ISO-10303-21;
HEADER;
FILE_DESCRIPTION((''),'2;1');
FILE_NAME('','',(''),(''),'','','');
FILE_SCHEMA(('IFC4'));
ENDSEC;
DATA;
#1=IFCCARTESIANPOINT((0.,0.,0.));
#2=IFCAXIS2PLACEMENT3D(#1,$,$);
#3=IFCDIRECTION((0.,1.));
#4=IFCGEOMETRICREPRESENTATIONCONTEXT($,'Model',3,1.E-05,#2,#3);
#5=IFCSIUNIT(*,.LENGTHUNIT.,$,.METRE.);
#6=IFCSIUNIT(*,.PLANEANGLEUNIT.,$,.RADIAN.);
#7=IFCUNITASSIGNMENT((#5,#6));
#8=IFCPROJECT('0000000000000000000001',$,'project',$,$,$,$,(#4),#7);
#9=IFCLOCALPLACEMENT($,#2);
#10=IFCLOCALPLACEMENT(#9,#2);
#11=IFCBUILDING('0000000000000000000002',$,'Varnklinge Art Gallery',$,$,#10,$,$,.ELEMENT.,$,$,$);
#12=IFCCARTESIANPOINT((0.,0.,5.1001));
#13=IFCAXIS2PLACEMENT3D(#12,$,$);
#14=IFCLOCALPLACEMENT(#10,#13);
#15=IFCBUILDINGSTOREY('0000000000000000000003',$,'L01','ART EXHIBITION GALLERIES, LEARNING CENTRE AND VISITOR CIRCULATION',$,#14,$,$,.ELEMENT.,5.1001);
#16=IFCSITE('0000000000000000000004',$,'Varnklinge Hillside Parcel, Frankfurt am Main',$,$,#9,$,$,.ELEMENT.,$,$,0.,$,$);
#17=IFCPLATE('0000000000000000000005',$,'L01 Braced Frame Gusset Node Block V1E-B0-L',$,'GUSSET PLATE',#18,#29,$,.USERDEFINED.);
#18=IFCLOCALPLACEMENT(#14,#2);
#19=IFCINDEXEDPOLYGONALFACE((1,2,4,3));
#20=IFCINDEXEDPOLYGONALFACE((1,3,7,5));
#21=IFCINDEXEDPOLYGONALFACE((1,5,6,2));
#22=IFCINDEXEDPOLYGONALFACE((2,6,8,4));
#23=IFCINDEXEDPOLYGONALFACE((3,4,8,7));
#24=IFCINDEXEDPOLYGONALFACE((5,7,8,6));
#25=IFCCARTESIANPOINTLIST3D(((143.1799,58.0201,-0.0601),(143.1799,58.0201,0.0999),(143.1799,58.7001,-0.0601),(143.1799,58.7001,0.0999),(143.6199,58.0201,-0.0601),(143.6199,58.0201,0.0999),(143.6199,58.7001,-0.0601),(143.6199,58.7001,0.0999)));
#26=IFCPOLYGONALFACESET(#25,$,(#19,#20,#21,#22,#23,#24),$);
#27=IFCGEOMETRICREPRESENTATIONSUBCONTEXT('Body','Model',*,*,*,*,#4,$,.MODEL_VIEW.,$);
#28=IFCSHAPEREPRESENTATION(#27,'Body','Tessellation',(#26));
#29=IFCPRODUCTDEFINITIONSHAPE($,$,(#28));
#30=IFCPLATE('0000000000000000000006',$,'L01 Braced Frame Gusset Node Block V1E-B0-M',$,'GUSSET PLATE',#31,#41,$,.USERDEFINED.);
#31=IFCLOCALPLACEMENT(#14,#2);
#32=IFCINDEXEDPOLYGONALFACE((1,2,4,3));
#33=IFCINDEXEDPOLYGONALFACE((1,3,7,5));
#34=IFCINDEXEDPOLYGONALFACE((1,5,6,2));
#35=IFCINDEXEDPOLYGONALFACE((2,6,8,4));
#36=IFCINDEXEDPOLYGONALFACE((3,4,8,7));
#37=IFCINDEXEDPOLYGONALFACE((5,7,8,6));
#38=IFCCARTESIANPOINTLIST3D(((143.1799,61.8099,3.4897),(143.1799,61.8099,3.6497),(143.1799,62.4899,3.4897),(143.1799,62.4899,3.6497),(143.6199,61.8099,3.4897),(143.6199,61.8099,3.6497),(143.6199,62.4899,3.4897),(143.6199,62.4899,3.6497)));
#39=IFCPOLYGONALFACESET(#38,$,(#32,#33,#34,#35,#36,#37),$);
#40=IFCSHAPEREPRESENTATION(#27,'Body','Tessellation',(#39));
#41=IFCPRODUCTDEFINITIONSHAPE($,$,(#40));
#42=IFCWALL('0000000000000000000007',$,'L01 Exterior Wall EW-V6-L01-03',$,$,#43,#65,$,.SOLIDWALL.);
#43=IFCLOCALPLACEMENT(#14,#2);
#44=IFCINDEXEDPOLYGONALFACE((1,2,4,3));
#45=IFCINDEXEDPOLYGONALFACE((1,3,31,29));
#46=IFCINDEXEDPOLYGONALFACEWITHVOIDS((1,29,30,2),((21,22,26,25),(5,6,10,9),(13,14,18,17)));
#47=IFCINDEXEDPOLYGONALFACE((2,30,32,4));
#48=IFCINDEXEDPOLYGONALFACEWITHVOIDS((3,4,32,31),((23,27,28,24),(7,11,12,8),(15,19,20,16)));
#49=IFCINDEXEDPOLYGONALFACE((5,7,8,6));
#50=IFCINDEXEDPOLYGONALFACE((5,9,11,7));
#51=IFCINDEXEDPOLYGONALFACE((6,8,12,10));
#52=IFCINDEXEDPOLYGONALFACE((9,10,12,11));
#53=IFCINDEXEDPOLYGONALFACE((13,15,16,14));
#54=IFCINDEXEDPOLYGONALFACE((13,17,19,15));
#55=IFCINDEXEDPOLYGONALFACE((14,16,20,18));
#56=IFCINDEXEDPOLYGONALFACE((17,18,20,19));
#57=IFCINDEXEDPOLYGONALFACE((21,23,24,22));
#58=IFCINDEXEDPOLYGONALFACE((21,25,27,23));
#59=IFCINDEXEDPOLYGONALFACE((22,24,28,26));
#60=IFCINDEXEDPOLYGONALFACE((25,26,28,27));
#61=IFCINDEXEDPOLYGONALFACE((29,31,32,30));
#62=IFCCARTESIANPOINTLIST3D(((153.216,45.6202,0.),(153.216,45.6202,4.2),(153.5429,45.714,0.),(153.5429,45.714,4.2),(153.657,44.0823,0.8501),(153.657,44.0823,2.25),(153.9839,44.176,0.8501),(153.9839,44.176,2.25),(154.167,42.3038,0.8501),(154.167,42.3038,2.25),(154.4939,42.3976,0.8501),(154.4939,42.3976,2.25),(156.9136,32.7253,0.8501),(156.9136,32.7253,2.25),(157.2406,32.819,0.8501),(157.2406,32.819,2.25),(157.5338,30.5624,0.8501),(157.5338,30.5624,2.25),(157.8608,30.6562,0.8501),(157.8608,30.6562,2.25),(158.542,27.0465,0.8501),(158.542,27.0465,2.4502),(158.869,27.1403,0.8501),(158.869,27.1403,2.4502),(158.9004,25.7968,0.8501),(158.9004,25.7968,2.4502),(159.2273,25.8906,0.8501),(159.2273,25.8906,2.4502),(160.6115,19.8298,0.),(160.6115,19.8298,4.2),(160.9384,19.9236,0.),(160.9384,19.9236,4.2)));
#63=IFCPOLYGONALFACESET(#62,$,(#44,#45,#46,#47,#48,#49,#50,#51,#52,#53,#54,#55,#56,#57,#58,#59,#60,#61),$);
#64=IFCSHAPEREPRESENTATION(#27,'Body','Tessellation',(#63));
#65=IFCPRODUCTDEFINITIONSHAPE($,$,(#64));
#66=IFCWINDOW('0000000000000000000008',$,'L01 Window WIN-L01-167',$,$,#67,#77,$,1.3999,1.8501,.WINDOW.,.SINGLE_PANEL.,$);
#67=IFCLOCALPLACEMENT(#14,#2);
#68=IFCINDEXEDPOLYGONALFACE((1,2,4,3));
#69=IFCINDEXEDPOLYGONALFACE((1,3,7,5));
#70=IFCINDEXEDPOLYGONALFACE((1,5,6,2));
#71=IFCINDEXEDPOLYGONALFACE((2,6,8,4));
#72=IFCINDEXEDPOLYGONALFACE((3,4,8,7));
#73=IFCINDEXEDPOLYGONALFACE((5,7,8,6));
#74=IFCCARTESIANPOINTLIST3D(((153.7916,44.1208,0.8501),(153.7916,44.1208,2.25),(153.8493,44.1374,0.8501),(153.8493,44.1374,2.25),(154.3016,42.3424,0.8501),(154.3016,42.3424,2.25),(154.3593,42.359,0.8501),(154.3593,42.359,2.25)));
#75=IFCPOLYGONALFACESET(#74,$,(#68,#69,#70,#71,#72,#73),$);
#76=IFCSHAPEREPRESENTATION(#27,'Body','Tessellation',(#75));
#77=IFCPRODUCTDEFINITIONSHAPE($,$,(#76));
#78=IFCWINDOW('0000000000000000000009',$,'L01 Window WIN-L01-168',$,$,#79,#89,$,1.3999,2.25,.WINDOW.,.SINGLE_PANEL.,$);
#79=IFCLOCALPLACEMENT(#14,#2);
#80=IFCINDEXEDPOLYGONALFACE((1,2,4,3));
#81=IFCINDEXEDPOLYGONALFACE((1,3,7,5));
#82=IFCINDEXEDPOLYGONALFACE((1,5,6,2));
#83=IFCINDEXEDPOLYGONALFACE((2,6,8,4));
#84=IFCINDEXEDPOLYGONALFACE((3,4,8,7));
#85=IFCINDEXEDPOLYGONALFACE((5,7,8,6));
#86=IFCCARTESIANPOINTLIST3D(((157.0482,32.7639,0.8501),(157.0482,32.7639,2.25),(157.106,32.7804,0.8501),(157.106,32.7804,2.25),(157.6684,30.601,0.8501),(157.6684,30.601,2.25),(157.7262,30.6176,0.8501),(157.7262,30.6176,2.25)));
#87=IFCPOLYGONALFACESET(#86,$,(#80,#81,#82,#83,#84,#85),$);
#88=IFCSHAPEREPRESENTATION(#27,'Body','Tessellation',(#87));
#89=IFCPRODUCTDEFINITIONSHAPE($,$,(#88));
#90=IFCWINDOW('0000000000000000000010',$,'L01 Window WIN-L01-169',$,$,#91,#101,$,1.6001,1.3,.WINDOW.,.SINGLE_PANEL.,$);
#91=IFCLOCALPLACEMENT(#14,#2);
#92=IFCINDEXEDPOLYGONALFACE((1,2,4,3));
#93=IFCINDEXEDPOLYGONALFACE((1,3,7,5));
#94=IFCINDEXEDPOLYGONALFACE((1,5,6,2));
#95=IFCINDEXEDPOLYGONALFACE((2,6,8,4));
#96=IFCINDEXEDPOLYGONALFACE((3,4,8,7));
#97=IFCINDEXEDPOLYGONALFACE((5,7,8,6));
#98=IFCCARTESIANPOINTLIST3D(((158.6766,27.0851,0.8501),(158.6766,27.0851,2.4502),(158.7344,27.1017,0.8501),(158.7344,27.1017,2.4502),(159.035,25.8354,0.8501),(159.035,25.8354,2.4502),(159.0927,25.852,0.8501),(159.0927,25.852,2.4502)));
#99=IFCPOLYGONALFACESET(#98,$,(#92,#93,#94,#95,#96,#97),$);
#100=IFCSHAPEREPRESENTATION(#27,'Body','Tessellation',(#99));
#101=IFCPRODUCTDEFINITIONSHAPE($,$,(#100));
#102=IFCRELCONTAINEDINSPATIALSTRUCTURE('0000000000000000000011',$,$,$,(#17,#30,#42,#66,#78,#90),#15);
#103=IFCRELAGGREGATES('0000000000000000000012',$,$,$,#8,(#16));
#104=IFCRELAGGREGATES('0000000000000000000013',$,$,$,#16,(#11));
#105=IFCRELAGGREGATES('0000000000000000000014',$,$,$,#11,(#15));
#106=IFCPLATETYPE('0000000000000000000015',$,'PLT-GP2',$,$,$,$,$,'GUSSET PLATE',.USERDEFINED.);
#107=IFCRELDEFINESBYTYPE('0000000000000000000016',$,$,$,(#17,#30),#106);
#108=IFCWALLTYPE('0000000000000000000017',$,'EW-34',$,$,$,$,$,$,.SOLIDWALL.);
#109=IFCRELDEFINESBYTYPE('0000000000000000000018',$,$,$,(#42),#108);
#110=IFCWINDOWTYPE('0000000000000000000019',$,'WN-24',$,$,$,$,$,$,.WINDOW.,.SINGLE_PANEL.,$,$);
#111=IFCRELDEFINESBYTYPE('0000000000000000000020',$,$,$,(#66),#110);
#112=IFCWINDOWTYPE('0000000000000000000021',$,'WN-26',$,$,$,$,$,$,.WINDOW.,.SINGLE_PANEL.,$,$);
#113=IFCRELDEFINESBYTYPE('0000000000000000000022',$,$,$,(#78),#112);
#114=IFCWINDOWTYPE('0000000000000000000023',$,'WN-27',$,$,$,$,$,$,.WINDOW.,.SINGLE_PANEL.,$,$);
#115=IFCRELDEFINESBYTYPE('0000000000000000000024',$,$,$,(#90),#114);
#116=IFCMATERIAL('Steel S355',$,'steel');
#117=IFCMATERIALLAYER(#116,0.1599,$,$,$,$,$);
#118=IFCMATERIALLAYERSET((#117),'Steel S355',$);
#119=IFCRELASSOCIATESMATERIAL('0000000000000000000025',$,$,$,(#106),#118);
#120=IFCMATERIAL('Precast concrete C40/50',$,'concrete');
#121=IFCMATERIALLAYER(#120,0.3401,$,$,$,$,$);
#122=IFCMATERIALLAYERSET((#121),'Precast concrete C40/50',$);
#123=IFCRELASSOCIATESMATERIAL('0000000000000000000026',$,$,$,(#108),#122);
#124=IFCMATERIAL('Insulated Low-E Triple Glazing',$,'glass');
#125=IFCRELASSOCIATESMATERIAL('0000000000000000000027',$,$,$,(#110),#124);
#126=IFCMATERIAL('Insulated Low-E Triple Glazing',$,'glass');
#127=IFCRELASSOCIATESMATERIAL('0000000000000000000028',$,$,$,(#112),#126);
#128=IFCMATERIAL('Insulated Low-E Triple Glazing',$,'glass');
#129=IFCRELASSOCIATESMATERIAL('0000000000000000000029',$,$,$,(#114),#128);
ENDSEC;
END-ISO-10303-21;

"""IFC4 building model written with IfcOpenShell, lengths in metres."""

from ifc_helpers import new_model, si_unit, direction, frame, frame_2d, origin, origin_2d, place, context, subcontext, project, spatial, rectangle, extrude, material, layer, layer_set, type_object, element, fill, save


model = new_model("IFC4")

# Units and contexts
model_context = context("Model", 3, precision=1e-05, world=origin(), true_north=direction((0.0, 1.0)))
body_context = subcontext(model_context, "Body", "Model", "MODEL_VIEW")
ifc_project = project(units=[si_unit("LENGTHUNIT", "METRE"), si_unit("PLANEANGLEUNIT", "RADIAN")], contexts=[model_context])

# Site, building, storey
site_placement = place(None, origin())
site = spatial("IfcSite", under=ifc_project, at=site_placement, Name="Varnklinge Hillside Parcel, Frankfurt am Main", CompositionType="ELEMENT", RefElevation=0.0)
building_placement = place(site_placement, origin())
building = spatial("IfcBuilding", under=site, at=building_placement, Name="Varnklinge Art Gallery", CompositionType="ELEMENT")
storey_placement = place(building_placement, frame((0.0, 0.0, 5.1001)))
storey = spatial("IfcBuildingStorey", under=building, at=storey_placement, Name="L01", Description="ART EXHIBITION GALLERIES, LEARNING CENTRE AND VISITOR CIRCULATION", CompositionType="ELEMENT", Elevation=5.1001)

# Plates
ifc_material_1 = material(Name="Steel S355", Category="steel")
ifc_layer_1 = layer(ifc_material_1, 0.1599)
ifc_layer_set_1 = layer_set([ifc_layer_1], Name="Steel S355")
plate_type = type_object("IfcPlateType", Name="PLT-GP2", ElementType="GUSSET PLATE", PredefinedType="USERDEFINED", material=ifc_layer_set_1)
for number, where, z_axis, x_axis, name in (
    (1, (143.3999, 58.3601, -0.0601), (0.0, 0.0, 1.0), (0.0, 1.0, 0.0), "L01 Braced Frame Gusset Node Block V1E-B0-L"),
    (2, (143.3999, 62.1499, 3.4897), (0.0, 0.0, 1.0), (0.0, 1.0, 0.0), "L01 Braced Frame Gusset Node Block V1E-B0-M"),
):
    element("IfcPlate", number, at=place(storey_placement, frame(where, z_axis=z_axis, x_axis=x_axis)), inside=storey, type_object=plate_type, Name=name, ObjectType="GUSSET PLATE", PredefinedType="USERDEFINED", context=body_context, shape_type="SweptSolid", body=[
        extrude(rectangle(XDim=0.6799, YDim=0.4399, at=origin_2d()), origin(), (0.0, 0.0, 1.0), 0.1599),
    ])

# Wall, openings, windows
ifc_material_2 = material(Name="Precast concrete C40/50", Category="concrete")
ifc_layer_2 = layer(ifc_material_2, 0.3401)
ifc_layer_set_2 = layer_set([ifc_layer_2], Name="Precast concrete C40/50")
wall_type_1 = type_object("IfcWallType", Name="EW-34", PredefinedType="SOLIDWALL", material=ifc_layer_set_2)
wall_1_placement = place(storey_placement, frame((153.3794, 45.6672, 0.0), z_axis=(0.0, 0.0, 1.0), x_axis=(0.275644, -0.96126, 0.0)))
wall_1 = element("IfcWall", 3, at=wall_1_placement, inside=storey, type_object=wall_type_1, Name="L01 Exterior Wall EW-V6-L01-03", PredefinedType="SOLIDWALL", context=body_context, shape_type="SweptSolid", body=[
    extrude(rectangle(XDim=26.8298, YDim=0.3401, at=frame_2d((13.415, 0.0))), origin(), (0.0, 0.0, 1.0), 4.2),
])
opening_1_placement = place(wall_1_placement, frame((1.6001, 0.0, 0.8501)))
opening_1 = element("IfcOpeningElement", 4, at=opening_1_placement, cuts=wall_1, PredefinedType="OPENING", context=body_context, shape_type="SweptSolid", body=[
    extrude(rectangle(XDim=1.8501, YDim=1.3999, at=frame_2d((0.925, 0.7))), frame((0.0, 0.1799, 0.0), z_axis=(0.0, -1.0, 0.0), x_axis=(1.0, 0.0, 0.0)), (0.0, 0.0, 1.0), 0.3601),
])
opening_2_placement = place(wall_1_placement, frame((13.4148, 0.0, 0.8501)))
opening_2 = element("IfcOpeningElement", 5, at=opening_2_placement, cuts=wall_1, PredefinedType="OPENING", context=body_context, shape_type="SweptSolid", body=[
    extrude(rectangle(XDim=2.25, YDim=1.3999, at=frame_2d((1.125, 0.7))), frame((0.0, 0.1799, 0.0), z_axis=(0.0, -1.0, 0.0), x_axis=(1.0, 0.0, 0.0)), (0.0, 0.0, 1.0), 0.3601),
])
opening_3_placement = place(wall_1_placement, frame((19.3225, 0.0, 0.8501)))
opening_3 = element("IfcOpeningElement", 6, at=opening_3_placement, cuts=wall_1, PredefinedType="OPENING", context=body_context, shape_type="SweptSolid", body=[
    extrude(rectangle(XDim=1.3, YDim=1.6001, at=frame_2d((0.6499, 0.8))), frame((0.0, 0.1799, 0.0), z_axis=(0.0, -1.0, 0.0), x_axis=(1.0, 0.0, 0.0)), (0.0, 0.0, 1.0), 0.3601),
])
ifc_material_3 = material(Name="Insulated Low-E Triple Glazing", Category="glass")
window_type_1 = type_object("IfcWindowType", Name="WN-24", PartitioningType="SINGLE_PANEL", PredefinedType="WINDOW", material=ifc_material_3)
window_1_placement = place(opening_1_placement, origin())
window_1 = element("IfcWindow", 7, at=window_1_placement, inside=storey, type_object=window_type_1, Name="L01 Window WIN-L01-167", OverallHeight=1.3999, OverallWidth=1.8501, PartitioningType="SINGLE_PANEL", PredefinedType="WINDOW", context=body_context, shape_type="SweptSolid", body=[
    extrude(rectangle(XDim=1.8501, YDim=1.3999, at=frame_2d((0.925, 0.7))), frame((0.0, 0.03, 0.0), z_axis=(0.0, -1.0, 0.0), x_axis=(1.0, 0.0, 0.0)), (0.0, 0.0, 1.0), 0.0601),
])
fill(opening_1, window_1)
ifc_material_4 = material(Name="Insulated Low-E Triple Glazing", Category="glass")
window_type_2 = type_object("IfcWindowType", Name="WN-26", PartitioningType="SINGLE_PANEL", PredefinedType="WINDOW", material=ifc_material_4)
window_2_placement = place(opening_2_placement, origin())
window_2 = element("IfcWindow", 8, at=window_2_placement, inside=storey, type_object=window_type_2, Name="L01 Window WIN-L01-168", OverallHeight=1.3999, OverallWidth=2.25, PartitioningType="SINGLE_PANEL", PredefinedType="WINDOW", context=body_context, shape_type="SweptSolid", body=[
    extrude(rectangle(XDim=2.25, YDim=1.3999, at=frame_2d((1.125, 0.7))), frame((0.0, 0.03, 0.0), z_axis=(0.0, -1.0, 0.0), x_axis=(1.0, 0.0, 0.0)), (0.0, 0.0, 1.0), 0.0601),
])
fill(opening_2, window_2)
ifc_material_5 = material(Name="Insulated Low-E Triple Glazing", Category="glass")
window_type_3 = type_object("IfcWindowType", Name="WN-27", PartitioningType="SINGLE_PANEL", PredefinedType="WINDOW", material=ifc_material_5)
window_3_placement = place(opening_3_placement, origin())
window_3 = element("IfcWindow", 9, at=window_3_placement, inside=storey, type_object=window_type_3, Name="L01 Window WIN-L01-169", OverallHeight=1.6001, OverallWidth=1.3, PartitioningType="SINGLE_PANEL", PredefinedType="WINDOW", context=body_context, shape_type="SweptSolid", body=[
    extrude(rectangle(XDim=1.3, YDim=1.6001, at=frame_2d((0.6499, 0.8))), frame((0.0, 0.03, 0.0), z_axis=(0.0, -1.0, 0.0), x_axis=(1.0, 0.0, 0.0)), (0.0, 0.0, 1.0), 0.0601),
])
fill(opening_3, window_3)

save(model, "model.ifc")
